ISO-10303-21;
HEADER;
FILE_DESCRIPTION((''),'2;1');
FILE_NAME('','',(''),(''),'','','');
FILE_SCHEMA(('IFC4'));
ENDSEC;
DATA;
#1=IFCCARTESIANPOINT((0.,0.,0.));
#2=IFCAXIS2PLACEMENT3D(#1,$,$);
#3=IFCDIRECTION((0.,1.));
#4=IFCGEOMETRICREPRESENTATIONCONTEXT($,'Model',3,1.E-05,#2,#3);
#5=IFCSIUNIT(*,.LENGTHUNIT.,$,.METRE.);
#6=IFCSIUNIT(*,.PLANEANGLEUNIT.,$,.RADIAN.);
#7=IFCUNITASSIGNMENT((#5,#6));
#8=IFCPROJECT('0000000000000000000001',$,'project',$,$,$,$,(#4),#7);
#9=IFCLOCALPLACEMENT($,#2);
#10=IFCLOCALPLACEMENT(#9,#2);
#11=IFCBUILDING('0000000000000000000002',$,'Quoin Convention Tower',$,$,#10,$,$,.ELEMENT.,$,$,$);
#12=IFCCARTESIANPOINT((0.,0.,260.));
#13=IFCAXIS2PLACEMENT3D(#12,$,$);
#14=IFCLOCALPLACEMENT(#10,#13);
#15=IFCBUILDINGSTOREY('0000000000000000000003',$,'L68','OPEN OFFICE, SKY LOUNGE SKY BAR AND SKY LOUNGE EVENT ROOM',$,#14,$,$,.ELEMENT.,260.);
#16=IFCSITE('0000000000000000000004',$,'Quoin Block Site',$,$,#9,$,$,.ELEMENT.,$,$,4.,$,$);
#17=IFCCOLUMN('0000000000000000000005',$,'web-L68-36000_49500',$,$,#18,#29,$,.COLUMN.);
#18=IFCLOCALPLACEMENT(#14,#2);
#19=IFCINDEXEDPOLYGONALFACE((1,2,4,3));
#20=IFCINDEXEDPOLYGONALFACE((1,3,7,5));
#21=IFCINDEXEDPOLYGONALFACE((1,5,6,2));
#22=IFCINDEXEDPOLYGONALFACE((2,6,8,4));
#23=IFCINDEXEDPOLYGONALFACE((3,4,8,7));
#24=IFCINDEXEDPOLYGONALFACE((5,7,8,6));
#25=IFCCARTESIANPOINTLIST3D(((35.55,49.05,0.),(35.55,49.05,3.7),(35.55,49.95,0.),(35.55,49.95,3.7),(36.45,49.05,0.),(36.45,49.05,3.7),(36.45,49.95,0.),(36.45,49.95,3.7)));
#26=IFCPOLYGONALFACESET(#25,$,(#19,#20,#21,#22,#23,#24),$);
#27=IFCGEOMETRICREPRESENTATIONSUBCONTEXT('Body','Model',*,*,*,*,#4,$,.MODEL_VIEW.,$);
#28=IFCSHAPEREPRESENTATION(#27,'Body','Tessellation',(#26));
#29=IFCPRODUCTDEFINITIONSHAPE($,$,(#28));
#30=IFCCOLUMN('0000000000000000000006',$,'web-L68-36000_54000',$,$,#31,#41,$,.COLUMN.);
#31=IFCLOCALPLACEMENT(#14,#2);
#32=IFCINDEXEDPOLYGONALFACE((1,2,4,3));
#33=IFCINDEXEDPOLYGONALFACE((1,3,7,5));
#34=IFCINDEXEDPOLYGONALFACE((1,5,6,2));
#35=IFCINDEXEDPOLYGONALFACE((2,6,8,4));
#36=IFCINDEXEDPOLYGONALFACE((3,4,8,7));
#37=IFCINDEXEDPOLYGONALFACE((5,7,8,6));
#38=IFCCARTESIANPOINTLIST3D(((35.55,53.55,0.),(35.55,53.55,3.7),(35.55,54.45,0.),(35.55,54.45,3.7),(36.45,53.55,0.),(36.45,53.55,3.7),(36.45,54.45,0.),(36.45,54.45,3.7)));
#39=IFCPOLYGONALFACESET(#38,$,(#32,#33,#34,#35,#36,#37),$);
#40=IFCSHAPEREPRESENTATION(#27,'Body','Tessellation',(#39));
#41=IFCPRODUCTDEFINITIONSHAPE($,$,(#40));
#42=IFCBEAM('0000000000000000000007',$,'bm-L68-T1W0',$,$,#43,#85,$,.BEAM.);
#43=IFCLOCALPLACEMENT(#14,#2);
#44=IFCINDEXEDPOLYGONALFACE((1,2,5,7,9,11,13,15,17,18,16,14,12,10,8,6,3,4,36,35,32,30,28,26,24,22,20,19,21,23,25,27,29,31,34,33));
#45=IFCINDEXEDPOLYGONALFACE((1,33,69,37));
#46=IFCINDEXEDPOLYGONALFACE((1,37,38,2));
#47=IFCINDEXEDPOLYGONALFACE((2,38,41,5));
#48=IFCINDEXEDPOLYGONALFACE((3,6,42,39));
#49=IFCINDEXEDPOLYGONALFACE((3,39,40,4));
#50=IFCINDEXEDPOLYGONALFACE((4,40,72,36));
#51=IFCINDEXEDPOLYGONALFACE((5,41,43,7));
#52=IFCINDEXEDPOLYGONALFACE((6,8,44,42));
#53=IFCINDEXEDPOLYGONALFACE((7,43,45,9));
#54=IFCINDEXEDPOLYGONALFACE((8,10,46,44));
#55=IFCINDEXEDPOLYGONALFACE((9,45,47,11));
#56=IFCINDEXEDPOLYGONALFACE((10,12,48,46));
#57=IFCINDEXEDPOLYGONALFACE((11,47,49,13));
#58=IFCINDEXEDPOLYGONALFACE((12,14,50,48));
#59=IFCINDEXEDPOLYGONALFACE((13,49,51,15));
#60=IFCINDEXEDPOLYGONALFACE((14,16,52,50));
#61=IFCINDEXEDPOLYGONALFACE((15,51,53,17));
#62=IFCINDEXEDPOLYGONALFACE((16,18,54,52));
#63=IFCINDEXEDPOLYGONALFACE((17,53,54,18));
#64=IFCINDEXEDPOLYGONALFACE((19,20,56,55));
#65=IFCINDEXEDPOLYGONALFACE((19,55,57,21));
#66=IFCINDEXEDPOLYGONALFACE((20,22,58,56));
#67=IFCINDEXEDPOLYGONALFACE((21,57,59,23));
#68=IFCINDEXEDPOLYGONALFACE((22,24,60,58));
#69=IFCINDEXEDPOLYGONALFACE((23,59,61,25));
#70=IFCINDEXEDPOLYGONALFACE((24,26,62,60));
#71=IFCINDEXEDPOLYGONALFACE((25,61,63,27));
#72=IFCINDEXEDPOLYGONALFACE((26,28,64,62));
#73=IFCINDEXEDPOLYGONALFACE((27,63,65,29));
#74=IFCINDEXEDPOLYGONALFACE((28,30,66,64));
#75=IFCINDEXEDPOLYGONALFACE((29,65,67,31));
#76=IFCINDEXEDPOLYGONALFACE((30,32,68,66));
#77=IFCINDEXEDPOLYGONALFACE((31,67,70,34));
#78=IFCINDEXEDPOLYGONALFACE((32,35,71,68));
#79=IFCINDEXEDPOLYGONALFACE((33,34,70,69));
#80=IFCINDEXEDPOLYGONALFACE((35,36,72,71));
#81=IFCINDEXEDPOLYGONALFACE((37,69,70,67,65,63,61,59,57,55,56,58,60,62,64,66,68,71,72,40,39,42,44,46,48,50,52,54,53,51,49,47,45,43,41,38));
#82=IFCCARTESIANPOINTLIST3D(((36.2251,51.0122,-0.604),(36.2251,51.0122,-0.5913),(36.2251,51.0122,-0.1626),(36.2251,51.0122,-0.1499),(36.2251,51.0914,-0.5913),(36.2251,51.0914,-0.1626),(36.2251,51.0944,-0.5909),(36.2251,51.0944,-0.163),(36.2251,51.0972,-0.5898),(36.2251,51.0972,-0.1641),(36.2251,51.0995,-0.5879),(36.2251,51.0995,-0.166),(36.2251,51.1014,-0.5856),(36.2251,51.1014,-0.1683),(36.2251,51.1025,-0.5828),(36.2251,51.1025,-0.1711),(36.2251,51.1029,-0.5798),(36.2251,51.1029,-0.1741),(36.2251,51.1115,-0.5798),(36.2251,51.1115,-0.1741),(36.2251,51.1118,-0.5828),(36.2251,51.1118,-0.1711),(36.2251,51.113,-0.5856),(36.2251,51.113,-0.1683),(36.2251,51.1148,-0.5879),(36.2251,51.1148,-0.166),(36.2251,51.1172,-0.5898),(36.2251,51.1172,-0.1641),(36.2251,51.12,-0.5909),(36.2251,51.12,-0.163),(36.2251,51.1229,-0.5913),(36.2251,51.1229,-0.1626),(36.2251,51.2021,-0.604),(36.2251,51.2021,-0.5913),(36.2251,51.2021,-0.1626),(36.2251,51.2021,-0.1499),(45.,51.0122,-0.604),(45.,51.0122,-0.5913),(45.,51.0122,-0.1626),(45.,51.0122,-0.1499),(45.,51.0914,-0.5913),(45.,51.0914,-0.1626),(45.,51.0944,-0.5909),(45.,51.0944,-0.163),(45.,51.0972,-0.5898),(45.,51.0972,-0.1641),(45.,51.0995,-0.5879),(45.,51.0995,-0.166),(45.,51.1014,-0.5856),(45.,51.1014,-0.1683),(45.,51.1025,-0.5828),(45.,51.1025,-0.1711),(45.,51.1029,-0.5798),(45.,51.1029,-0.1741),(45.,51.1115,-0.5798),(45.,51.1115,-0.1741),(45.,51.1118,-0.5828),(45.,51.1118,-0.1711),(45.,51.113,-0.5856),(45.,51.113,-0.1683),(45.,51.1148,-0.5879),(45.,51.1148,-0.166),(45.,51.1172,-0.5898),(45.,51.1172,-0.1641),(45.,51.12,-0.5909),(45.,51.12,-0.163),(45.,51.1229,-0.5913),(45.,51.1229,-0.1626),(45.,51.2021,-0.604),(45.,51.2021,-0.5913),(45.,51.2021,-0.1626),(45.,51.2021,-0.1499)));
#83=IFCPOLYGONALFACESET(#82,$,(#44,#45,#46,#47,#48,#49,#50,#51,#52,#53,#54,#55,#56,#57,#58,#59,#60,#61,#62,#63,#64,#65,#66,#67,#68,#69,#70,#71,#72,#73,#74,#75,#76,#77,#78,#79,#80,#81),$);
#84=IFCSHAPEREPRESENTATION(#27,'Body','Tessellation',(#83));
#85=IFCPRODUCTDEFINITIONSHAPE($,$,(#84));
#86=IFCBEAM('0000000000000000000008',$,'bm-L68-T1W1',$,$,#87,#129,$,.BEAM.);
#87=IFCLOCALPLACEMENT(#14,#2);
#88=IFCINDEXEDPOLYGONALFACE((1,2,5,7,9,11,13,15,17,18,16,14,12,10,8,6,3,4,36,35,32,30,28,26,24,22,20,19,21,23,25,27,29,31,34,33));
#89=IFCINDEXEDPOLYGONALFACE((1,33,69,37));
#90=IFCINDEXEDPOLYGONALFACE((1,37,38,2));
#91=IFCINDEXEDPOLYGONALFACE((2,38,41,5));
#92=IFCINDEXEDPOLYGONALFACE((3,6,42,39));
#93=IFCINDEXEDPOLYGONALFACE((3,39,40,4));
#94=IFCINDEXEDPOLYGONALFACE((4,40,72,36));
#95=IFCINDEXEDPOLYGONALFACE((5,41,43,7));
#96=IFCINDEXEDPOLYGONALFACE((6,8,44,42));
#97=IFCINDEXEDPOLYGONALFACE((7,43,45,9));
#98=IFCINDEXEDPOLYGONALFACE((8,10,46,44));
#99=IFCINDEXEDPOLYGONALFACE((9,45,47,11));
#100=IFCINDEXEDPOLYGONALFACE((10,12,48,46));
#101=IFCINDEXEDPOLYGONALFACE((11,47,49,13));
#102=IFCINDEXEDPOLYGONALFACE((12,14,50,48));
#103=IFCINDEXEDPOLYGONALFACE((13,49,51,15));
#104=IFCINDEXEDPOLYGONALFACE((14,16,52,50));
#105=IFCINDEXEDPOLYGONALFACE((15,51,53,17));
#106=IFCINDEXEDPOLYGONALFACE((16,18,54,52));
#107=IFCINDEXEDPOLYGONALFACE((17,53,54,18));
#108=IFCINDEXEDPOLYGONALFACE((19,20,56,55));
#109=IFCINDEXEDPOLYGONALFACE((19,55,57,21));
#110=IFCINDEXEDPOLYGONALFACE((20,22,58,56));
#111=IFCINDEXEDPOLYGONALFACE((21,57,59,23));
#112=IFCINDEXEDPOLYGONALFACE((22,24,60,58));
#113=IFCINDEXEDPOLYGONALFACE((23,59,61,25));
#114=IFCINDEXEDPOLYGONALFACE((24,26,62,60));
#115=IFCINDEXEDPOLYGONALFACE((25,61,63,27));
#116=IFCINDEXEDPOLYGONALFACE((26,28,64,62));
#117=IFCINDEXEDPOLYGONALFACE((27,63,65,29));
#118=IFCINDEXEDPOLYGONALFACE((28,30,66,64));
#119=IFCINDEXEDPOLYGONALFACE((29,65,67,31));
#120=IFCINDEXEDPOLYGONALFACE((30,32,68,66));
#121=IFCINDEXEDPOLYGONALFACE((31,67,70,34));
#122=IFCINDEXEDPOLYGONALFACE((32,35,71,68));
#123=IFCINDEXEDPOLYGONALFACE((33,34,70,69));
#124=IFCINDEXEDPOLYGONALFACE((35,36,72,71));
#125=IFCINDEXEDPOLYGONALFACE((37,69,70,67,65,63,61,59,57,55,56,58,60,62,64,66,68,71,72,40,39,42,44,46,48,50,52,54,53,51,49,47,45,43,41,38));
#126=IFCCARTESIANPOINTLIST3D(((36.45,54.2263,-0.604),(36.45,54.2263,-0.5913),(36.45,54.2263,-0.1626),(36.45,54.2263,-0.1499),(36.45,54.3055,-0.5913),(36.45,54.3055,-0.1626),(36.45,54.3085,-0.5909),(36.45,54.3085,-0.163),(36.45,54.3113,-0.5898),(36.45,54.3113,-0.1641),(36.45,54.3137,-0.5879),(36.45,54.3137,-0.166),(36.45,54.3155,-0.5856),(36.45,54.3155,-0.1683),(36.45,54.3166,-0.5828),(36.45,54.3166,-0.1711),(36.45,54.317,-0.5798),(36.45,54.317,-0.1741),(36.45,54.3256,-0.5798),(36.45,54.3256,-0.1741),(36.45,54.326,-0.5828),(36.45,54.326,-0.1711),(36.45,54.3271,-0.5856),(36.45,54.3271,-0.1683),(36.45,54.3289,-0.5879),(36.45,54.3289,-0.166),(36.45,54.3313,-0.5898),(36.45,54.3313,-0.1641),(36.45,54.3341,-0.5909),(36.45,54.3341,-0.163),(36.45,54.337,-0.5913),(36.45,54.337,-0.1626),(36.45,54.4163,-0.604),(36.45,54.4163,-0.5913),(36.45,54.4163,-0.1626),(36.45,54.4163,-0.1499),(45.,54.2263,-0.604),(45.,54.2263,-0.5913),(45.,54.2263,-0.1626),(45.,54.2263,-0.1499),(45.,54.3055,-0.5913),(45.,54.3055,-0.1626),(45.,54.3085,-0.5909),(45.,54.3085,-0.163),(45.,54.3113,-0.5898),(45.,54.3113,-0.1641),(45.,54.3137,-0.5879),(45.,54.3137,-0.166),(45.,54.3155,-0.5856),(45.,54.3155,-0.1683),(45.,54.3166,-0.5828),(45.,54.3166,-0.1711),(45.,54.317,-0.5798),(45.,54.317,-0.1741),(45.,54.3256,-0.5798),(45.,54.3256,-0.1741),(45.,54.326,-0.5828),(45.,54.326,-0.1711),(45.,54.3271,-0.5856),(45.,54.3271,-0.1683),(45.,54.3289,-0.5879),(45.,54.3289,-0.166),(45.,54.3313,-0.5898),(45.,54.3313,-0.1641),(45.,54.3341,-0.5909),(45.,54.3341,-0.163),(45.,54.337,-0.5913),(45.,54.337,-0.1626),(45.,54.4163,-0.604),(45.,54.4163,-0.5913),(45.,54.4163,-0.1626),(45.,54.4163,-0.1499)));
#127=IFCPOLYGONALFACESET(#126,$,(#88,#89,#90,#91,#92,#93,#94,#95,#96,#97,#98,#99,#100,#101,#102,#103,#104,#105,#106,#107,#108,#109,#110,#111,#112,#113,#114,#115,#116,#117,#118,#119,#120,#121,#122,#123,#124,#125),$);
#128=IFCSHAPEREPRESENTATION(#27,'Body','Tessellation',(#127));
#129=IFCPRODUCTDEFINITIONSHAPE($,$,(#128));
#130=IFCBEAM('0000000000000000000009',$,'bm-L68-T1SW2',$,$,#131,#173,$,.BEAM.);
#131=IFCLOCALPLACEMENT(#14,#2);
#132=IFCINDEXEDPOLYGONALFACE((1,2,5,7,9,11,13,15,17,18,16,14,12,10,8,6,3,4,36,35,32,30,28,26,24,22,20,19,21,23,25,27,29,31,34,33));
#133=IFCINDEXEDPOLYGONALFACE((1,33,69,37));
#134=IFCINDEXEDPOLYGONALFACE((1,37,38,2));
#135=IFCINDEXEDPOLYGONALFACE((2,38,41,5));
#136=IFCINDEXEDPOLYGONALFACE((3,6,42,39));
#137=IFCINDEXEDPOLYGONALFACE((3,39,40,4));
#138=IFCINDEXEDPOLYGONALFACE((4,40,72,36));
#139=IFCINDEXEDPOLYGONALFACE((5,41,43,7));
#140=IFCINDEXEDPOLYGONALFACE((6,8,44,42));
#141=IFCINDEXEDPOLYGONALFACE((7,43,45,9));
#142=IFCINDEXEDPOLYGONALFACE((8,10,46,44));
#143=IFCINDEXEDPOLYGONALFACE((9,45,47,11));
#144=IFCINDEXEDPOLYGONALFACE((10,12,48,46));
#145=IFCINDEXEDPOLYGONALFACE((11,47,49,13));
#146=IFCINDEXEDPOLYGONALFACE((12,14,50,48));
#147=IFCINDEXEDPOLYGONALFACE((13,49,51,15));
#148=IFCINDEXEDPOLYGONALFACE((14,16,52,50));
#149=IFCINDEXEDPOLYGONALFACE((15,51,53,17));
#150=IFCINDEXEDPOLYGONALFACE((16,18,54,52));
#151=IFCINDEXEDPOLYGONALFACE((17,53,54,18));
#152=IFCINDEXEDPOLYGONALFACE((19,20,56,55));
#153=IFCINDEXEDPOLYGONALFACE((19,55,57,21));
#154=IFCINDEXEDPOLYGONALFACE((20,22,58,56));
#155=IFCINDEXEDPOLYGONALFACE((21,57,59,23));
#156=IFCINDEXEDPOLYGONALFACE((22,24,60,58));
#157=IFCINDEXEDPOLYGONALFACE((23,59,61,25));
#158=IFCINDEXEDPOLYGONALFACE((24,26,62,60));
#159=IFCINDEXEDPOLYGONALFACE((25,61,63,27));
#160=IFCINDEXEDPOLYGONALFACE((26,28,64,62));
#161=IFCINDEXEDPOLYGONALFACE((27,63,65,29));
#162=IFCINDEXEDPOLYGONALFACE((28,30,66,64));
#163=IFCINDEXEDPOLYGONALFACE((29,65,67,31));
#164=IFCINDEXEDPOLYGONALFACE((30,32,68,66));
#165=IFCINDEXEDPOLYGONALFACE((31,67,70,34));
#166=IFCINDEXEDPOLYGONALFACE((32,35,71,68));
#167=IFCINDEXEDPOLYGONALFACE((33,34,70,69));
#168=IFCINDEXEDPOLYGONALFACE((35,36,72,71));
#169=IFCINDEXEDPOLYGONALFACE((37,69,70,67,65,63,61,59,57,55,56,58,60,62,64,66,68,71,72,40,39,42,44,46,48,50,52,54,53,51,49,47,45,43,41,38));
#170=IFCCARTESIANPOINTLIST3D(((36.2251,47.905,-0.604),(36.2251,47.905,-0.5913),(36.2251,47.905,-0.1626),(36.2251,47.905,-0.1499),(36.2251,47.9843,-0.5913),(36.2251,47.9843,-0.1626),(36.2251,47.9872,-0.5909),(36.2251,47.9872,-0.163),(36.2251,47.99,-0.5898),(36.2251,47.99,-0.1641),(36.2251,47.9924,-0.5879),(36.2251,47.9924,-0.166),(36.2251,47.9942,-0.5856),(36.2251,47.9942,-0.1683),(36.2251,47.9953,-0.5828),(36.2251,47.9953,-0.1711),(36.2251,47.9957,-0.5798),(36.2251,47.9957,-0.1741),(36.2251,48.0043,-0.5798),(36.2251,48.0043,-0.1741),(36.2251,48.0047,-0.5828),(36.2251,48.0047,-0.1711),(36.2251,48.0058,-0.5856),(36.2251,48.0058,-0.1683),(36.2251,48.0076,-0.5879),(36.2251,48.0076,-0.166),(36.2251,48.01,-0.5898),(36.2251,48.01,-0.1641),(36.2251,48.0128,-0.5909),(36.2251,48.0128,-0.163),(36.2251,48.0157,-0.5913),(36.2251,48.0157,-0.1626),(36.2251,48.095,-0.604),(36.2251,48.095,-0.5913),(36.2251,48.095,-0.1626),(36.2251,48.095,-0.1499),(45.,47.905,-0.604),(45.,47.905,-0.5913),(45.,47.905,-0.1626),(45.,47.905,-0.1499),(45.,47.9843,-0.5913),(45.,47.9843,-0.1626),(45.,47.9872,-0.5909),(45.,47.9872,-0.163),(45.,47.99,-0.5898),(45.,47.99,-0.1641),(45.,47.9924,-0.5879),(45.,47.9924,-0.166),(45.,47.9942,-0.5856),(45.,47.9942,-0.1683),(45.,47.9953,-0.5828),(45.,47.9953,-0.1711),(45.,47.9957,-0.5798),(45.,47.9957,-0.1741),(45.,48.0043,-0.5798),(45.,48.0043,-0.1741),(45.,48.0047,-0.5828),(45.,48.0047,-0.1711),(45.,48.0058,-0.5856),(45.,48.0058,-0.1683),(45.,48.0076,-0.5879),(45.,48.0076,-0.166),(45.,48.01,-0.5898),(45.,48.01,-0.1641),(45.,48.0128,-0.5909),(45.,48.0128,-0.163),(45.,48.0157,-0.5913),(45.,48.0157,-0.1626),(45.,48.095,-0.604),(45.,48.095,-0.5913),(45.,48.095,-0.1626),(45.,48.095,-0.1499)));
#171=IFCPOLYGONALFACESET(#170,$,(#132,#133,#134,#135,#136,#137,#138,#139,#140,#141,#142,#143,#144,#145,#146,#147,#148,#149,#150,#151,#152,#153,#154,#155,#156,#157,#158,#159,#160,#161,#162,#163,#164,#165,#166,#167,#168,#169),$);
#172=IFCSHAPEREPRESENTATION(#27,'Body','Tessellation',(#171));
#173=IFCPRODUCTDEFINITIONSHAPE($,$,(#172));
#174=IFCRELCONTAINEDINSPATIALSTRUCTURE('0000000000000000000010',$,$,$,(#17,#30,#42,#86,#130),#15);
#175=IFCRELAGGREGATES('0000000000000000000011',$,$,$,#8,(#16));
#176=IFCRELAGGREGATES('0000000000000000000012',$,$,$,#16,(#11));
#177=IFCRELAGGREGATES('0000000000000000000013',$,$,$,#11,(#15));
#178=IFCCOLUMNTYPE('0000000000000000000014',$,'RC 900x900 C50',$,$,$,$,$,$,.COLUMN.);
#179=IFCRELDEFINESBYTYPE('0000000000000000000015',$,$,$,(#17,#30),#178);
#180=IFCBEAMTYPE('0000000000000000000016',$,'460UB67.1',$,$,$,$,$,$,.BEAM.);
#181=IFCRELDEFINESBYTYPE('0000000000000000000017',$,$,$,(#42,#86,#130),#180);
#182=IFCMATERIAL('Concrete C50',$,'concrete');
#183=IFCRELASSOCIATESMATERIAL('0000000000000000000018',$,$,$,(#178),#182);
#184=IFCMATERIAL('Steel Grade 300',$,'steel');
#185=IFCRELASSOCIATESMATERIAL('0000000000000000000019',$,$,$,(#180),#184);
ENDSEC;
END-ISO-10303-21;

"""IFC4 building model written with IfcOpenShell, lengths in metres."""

from ifc_helpers import new_model, si_unit, direction, frame, origin, origin_2d, place, context, subcontext, project, spatial, rectangle, i_section, extrude, material, material_profile, profile_set, type_object, element, save


model = new_model("IFC4")

# Units and contexts
model_context = context("Model", 3, precision=1e-05, world=origin(), true_north=direction((0.0, 1.0)))
body_context = subcontext(model_context, "Body", "Model", "MODEL_VIEW")
ifc_project = project(units=[si_unit("LENGTHUNIT", "METRE"), si_unit("PLANEANGLEUNIT", "RADIAN")], contexts=[model_context])

# Site, building, storey
site_placement = place(None, origin())
site = spatial("IfcSite", under=ifc_project, at=site_placement, Name="Quoin Block Site", CompositionType="ELEMENT", RefElevation=4.0)
building_placement = place(site_placement, origin())
building = spatial("IfcBuilding", under=site, at=building_placement, Name="Quoin Convention Tower", CompositionType="ELEMENT")
storey_placement = place(building_placement, frame((0.0, 0.0, 260.0)))
storey = spatial("IfcBuildingStorey", under=building, at=storey_placement, Name="L68", Description="OPEN OFFICE, SKY LOUNGE SKY BAR AND SKY LOUNGE EVENT ROOM", CompositionType="ELEMENT", Elevation=260.0)

# Columns
ifc_material_1 = material(Name="Concrete C50", Category="concrete")
ifc_material_profile_1 = material_profile(ifc_material_1, rectangle(XDim=0.8999, YDim=0.8999, at=origin_2d()), Name="RC 900x900")
ifc_profile_set_1 = profile_set([ifc_material_profile_1], Name="Concrete C50")
column_type = type_object("IfcColumnType", Name="RC 900x900 C50", PredefinedType="COLUMN", material=ifc_profile_set_1)
for number, where, z_axis, x_axis, name in (
    (1, (36.0, 49.5, 0.0), (0.0, 0.0, 1.0), (1.0, 0.0, 0.0), "web-L68-36000_49500"),
    (2, (36.0, 54.0, 0.0), (0.0, 0.0, 1.0), (1.0, 0.0, 0.0), "web-L68-36000_54000"),
):
    element("IfcColumn", number, at=place(storey_placement, frame(where, z_axis=z_axis, x_axis=x_axis)), inside=storey, type_object=column_type, Name=name, PredefinedType="COLUMN", context=body_context, shape_type="SweptSolid", body=[
        extrude(rectangle(XDim=0.8999, YDim=0.8999, at=origin_2d()), origin(), (0.0, 0.0, 1.0), 3.7),
    ])

# Beams
ifc_material_2 = material(Name="Steel Grade 300", Category="steel")
ifc_material_profile_2 = material_profile(ifc_material_2, i_section(OverallWidth=0.1899, OverallDepth=0.4541, WebThickness=0.0085, FlangeThickness=0.0127, FilletRadius=0.0115, at=origin_2d()), Name="460UB67.1")
ifc_profile_set_2 = profile_set([ifc_material_profile_2], Name="Steel Grade 300")
beam_type_1 = type_object("IfcBeamType", Name="460UB67.1", PredefinedType="BEAM", material=ifc_profile_set_2)
beam_1_placement = place(storey_placement, frame((36.2251, 51.1072, -0.377), z_axis=(1.0, 0.0, 0.0), x_axis=(0.0, 1.0, 0.0)))
element("IfcBeam", 3, at=beam_1_placement, inside=storey, type_object=beam_type_1, Name="bm-L68-T1W0", PredefinedType="BEAM", context=body_context, shape_type="SweptSolid", body=[
    extrude(i_section(OverallWidth=0.1899, OverallDepth=0.4541, WebThickness=0.0085, FlangeThickness=0.0127, FilletRadius=0.0115, at=origin_2d()), origin(), (0.0, 0.0, 1.0), 8.7749),
])
beam_2_placement = place(storey_placement, frame((36.45, 54.3213, -0.377), z_axis=(1.0, 0.0, 0.0), x_axis=(0.0, 1.0, 0.0)))
element("IfcBeam", 4, at=beam_2_placement, inside=storey, type_object=beam_type_1, Name="bm-L68-T1W1", PredefinedType="BEAM", context=body_context, shape_type="SweptSolid", body=[
    extrude(i_section(OverallWidth=0.1899, OverallDepth=0.4541, WebThickness=0.0085, FlangeThickness=0.0127, FilletRadius=0.0115, at=origin_2d()), origin(), (0.0, 0.0, 1.0), 8.55),
])
beam_3_placement = place(storey_placement, frame((36.2251, 48.0, -0.377), z_axis=(1.0, 0.0, 0.0), x_axis=(0.0, 1.0, 0.0)))
element("IfcBeam", 5, at=beam_3_placement, inside=storey, type_object=beam_type_1, Name="bm-L68-T1SW2", PredefinedType="BEAM", context=body_context, shape_type="SweptSolid", body=[
    extrude(i_section(OverallWidth=0.1899, OverallDepth=0.4541, WebThickness=0.0085, FlangeThickness=0.0127, FilletRadius=0.0115, at=origin_2d()), origin(), (0.0, 0.0, 1.0), 8.7749),
])

save(model, "model.ifc")
